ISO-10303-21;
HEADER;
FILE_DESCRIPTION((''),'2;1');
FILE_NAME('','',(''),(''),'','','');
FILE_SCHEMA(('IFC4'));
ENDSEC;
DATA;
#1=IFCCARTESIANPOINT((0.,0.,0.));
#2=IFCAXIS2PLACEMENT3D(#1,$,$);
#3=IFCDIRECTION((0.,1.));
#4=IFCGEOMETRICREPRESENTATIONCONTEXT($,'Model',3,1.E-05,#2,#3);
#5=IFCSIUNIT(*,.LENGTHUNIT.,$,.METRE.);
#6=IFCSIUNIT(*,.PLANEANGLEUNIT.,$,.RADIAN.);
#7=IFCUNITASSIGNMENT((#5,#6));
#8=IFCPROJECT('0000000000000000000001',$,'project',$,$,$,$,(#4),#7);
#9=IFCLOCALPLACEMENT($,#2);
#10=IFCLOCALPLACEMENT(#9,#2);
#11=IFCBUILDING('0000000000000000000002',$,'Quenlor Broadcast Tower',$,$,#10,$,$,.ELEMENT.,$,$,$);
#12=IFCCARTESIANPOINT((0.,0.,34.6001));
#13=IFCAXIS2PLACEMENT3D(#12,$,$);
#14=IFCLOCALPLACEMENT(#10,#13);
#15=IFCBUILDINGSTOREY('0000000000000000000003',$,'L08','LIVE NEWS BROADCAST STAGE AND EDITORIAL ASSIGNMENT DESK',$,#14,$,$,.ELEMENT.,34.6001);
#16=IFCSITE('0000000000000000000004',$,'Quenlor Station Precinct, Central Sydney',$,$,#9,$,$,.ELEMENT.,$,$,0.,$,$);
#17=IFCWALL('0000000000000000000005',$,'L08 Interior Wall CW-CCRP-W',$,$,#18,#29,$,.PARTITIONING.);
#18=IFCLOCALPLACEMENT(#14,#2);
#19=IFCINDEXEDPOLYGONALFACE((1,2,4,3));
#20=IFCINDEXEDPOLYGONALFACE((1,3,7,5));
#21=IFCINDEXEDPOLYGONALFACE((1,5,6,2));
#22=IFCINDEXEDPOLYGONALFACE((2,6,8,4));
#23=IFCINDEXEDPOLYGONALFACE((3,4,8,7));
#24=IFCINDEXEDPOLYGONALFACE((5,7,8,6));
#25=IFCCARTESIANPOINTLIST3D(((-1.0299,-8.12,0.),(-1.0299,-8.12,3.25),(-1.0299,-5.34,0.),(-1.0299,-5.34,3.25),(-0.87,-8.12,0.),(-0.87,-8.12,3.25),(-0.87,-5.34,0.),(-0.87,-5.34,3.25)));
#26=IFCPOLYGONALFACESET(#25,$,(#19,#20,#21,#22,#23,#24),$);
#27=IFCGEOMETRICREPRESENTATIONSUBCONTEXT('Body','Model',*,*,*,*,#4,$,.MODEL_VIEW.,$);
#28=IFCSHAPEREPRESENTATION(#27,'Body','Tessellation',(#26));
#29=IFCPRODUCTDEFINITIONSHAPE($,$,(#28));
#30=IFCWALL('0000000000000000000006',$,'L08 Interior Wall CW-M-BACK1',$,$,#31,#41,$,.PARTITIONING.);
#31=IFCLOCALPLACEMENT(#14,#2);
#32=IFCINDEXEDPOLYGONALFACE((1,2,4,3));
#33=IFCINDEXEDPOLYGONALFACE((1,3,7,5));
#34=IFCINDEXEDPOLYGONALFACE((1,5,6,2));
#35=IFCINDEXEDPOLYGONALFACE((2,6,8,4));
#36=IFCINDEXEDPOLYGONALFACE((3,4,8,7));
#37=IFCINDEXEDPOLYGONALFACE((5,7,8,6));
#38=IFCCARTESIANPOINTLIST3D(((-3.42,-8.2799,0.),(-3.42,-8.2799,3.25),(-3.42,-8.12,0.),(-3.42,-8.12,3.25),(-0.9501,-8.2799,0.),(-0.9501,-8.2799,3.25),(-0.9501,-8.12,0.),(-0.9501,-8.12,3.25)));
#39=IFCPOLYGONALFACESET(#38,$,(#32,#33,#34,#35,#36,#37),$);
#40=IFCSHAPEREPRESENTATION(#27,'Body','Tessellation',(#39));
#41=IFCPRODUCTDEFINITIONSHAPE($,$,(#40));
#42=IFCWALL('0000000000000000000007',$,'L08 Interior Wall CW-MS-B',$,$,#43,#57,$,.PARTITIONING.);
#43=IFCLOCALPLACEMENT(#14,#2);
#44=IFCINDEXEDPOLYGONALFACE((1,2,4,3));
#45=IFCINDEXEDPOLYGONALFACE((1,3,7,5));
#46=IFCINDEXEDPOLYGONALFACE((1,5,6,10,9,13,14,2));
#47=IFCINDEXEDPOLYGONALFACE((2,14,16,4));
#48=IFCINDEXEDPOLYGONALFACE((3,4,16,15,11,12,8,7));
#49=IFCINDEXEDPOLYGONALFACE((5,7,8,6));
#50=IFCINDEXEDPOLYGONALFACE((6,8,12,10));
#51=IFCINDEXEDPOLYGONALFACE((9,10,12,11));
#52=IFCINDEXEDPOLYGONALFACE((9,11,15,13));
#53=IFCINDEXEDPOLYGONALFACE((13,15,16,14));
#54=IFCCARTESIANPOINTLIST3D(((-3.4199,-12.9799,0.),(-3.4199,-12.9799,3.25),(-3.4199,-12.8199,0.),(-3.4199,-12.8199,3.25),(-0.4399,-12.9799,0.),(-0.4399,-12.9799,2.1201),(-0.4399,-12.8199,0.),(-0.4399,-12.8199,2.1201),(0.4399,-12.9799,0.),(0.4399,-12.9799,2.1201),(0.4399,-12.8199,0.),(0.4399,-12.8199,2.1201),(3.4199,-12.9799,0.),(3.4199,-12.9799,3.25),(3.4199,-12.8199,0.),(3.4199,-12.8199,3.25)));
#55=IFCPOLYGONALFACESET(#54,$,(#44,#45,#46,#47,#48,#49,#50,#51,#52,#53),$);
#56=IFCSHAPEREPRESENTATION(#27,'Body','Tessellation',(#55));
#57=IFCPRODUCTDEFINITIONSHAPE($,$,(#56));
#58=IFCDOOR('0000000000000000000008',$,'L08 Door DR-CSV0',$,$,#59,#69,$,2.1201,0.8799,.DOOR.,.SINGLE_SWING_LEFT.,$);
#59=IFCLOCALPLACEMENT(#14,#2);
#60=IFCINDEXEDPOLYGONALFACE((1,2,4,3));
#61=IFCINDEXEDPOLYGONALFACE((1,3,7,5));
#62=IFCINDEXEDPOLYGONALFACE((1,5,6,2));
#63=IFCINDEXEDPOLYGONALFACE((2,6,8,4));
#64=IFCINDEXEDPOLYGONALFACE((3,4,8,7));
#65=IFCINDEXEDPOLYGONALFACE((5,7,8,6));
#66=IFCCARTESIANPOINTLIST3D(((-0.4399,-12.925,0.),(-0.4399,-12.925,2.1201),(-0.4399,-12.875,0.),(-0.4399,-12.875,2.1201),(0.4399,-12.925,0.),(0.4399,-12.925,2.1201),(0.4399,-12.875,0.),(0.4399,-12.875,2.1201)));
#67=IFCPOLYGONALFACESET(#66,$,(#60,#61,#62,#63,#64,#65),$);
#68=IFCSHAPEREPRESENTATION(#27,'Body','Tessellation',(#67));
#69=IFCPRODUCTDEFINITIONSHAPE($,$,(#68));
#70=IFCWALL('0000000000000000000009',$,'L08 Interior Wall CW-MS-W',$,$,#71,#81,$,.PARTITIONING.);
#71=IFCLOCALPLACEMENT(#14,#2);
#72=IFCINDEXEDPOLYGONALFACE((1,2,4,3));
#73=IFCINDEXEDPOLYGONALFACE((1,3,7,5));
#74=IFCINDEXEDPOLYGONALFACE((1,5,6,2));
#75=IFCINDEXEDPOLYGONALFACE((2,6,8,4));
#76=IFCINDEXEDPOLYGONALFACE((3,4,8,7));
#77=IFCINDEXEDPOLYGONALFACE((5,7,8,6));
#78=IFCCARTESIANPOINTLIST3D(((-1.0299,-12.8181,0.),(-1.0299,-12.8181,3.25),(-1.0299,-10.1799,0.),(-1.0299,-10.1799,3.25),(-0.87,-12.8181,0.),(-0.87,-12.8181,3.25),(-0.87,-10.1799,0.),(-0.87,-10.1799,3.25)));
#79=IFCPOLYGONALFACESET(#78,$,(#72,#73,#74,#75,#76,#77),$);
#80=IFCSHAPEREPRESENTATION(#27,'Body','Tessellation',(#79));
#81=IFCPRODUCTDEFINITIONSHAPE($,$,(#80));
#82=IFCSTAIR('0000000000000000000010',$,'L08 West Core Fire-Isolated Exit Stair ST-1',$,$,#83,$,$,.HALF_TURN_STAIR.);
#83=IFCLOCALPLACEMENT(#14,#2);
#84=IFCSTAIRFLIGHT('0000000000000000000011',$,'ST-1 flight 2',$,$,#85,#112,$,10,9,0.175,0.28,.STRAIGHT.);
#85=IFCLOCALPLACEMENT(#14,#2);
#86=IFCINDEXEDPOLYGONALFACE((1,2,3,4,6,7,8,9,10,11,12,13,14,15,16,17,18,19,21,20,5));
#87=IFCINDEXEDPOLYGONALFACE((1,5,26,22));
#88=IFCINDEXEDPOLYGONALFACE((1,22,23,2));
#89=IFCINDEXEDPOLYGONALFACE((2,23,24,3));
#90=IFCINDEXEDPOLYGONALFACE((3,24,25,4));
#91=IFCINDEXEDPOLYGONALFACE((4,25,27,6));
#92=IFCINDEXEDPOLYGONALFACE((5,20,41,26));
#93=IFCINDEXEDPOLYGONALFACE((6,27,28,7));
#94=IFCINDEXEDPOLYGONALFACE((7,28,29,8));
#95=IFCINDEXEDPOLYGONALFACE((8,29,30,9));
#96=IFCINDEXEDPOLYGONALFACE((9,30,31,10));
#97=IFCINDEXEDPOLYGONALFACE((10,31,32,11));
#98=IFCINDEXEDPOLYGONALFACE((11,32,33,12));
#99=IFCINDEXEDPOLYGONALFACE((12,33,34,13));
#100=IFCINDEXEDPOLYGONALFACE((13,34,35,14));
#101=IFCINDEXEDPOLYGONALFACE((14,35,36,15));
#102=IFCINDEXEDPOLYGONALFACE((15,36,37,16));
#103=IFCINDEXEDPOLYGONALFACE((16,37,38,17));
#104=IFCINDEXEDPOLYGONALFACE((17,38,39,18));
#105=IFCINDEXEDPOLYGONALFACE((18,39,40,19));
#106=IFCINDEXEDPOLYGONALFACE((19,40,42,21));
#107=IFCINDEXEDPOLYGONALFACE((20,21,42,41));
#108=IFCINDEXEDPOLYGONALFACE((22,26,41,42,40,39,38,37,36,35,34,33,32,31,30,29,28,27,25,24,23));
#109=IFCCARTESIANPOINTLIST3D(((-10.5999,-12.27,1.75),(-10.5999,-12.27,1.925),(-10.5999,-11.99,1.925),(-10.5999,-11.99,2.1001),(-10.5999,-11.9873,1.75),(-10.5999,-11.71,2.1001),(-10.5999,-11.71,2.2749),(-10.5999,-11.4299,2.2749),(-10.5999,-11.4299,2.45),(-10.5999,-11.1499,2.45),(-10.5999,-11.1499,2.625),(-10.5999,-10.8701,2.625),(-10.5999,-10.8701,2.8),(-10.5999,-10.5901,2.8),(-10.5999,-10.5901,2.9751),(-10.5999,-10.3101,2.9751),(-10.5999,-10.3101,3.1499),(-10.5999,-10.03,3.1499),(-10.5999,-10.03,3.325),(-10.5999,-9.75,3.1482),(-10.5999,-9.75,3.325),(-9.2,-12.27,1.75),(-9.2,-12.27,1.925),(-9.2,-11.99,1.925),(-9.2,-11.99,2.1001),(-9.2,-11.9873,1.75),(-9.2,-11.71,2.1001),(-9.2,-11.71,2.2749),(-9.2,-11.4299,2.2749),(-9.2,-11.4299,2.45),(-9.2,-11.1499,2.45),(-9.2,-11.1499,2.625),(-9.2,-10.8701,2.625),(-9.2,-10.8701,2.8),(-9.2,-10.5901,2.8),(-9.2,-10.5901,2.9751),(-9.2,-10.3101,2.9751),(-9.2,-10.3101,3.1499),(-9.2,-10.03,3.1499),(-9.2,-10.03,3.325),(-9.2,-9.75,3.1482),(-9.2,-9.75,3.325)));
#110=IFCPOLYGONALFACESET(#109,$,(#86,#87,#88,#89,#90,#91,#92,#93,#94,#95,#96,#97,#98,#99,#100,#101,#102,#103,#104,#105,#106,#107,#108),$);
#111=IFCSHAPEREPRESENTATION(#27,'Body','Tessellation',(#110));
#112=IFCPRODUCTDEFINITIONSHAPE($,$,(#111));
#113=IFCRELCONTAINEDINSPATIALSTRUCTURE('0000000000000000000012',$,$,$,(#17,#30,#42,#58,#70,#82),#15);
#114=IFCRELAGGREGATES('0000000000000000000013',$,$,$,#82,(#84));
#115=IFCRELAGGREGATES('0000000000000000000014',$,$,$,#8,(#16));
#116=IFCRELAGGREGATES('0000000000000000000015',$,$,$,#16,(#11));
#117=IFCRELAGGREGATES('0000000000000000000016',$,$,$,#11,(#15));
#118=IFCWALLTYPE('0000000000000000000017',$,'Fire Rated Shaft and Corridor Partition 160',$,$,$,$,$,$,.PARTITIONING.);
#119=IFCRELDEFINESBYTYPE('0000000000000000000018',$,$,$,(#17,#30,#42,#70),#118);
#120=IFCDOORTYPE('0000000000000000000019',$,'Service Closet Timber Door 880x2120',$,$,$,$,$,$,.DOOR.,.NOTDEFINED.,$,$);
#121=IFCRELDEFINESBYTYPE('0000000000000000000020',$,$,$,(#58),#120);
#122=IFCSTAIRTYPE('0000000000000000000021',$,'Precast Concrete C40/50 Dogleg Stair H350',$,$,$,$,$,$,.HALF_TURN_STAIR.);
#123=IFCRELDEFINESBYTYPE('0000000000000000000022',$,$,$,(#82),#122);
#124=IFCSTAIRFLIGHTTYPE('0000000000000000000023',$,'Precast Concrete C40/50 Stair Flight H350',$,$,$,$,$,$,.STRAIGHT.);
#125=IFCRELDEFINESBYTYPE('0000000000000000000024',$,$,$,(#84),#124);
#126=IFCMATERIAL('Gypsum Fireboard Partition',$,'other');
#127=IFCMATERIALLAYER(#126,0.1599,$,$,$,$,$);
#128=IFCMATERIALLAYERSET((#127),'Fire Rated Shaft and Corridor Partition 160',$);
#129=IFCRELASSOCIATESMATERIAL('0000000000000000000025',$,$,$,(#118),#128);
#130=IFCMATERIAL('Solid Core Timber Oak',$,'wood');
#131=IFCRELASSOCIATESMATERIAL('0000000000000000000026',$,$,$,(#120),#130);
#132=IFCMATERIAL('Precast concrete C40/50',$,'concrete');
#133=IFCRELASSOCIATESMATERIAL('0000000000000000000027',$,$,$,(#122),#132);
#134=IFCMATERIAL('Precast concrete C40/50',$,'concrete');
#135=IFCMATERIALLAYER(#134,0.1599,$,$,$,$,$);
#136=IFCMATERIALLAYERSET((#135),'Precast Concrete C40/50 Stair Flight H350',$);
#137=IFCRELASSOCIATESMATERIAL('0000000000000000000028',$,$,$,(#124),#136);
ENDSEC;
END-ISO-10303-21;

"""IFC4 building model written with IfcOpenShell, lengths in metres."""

from ifc_helpers import new_model, si_unit, direction, frame, frame_2d, origin, place, context, subcontext, project, spatial, polyline, rectangle, outline, extrude, material, layer, layer_set, type_object, element, fill, aggregate, save


model = new_model("IFC4")

# Units and contexts
model_context = context("Model", 3, precision=1e-05, world=origin(), true_north=direction((0.0, 1.0)))
body_context = subcontext(model_context, "Body", "Model", "MODEL_VIEW")
ifc_project = project(units=[si_unit("LENGTHUNIT", "METRE"), si_unit("PLANEANGLEUNIT", "RADIAN")], contexts=[model_context])

# Site, building, storey
site_placement = place(None, origin())
site = spatial("IfcSite", under=ifc_project, at=site_placement, Name="Quenlor Station Precinct, Central Sydney", CompositionType="ELEMENT", RefElevation=0.0)
building_placement = place(site_placement, origin())
building = spatial("IfcBuilding", under=site, at=building_placement, Name="Quenlor Broadcast Tower", CompositionType="ELEMENT")
storey_placement = place(building_placement, frame((0.0, 0.0, 34.6001)))
storey = spatial("IfcBuildingStorey", under=building, at=storey_placement, Name="L08", Description="LIVE NEWS BROADCAST STAGE AND EDITORIAL ASSIGNMENT DESK", CompositionType="ELEMENT", Elevation=34.6001)

# Walls
ifc_material_1 = material(Name="Gypsum Fireboard Partition", Category="other")
ifc_layer_1 = layer(ifc_material_1, 0.1599)
ifc_layer_set_1 = layer_set([ifc_layer_1], Name="Fire Rated Shaft and Corridor Partition 160")
wall_type_1 = type_object("IfcWallType", Name="Fire Rated Shaft and Corridor Partition 160", PredefinedType="PARTITIONING", material=ifc_layer_set_1)
wall_1_placement = place(storey_placement, frame((-0.95, -8.1201, 0.0), z_axis=(0.0, 0.0, 1.0), x_axis=(0.0, 1.0, 0.0)))
element("IfcWall", 1, at=wall_1_placement, inside=storey, type_object=wall_type_1, Name="L08 Interior Wall CW-CCRP-W", PredefinedType="PARTITIONING", context=body_context, shape_type="SweptSolid", body=[
    extrude(rectangle(XDim=2.78, YDim=0.1599, at=frame_2d((1.3901, 0.0))), origin(), (0.0, 0.0, 1.0), 3.25),
])
wall_2_placement = place(storey_placement, frame((-3.4199, -8.2, 0.0), z_axis=(0.0, 0.0, 1.0), x_axis=(1.0, 0.0, 0.0)))
element("IfcWall", 2, at=wall_2_placement, inside=storey, type_object=wall_type_1, Name="L08 Interior Wall CW-M-BACK1", PredefinedType="PARTITIONING", context=body_context, shape_type="SweptSolid", body=[
    extrude(rectangle(XDim=2.47, YDim=0.1599, at=frame_2d((1.2349, 0.0))), origin(), (0.0, 0.0, 1.0), 3.25),
])

# Wall, opening, door
wall_3_placement = place(storey_placement, frame((-3.4199, -12.8999, 0.0), z_axis=(0.0, 0.0, 1.0), x_axis=(1.0, 0.0, 0.0)))
wall_3 = element("IfcWall", 3, at=wall_3_placement, inside=storey, type_object=wall_type_1, Name="L08 Interior Wall CW-MS-B", PredefinedType="PARTITIONING", context=body_context, shape_type="SweptSolid", body=[
    extrude(rectangle(XDim=6.8398, YDim=0.1599, at=frame_2d((3.4199, 0.0))), origin(), (0.0, 0.0, 1.0), 3.25),
])
opening_1_placement = place(wall_3_placement, frame((2.98, 0.0, 0.0)))
opening_1 = element("IfcOpeningElement", 4, at=opening_1_placement, cuts=wall_3, PredefinedType="OPENING", context=body_context, shape_type="SweptSolid", body=[
    extrude(rectangle(XDim=0.8799, YDim=2.1201, at=frame_2d((0.4399, 1.0601))), frame((0.0, 0.0898, 0.0), z_axis=(0.0, -1.0, 0.0), x_axis=(1.0, 0.0, 0.0)), (0.0, 0.0, 1.0), 0.1799),
])
ifc_material_2 = material(Name="Solid Core Timber Oak", Category="wood")
door_type_1 = type_object("IfcDoorType", Name="Service Closet Timber Door 880x2120", OperationType="NOTDEFINED", PredefinedType="DOOR", material=ifc_material_2)
door_1_placement = place(opening_1_placement, origin())
door_1 = element("IfcDoor", 5, at=door_1_placement, inside=storey, type_object=door_type_1, Name="L08 Door DR-CSV0", OperationType="SINGLE_SWING_LEFT", OverallHeight=2.1201, OverallWidth=0.8799, PredefinedType="DOOR", context=body_context, shape_type="SweptSolid", body=[
    extrude(rectangle(XDim=0.8799, YDim=2.1201, at=frame_2d((0.4399, 1.0601))), frame((0.0, 0.0249, 0.0), z_axis=(0.0, -1.0, 0.0), x_axis=(1.0, 0.0, 0.0)), (0.0, 0.0, 1.0), 0.05),
])
fill(opening_1, door_1)

# Wall
wall_4_placement = place(storey_placement, frame((-0.95, -12.8181, 0.0), z_axis=(0.0, 0.0, 1.0), x_axis=(0.0, 1.0, 0.0)))
element("IfcWall", 6, at=wall_4_placement, inside=storey, type_object=wall_type_1, Name="L08 Interior Wall CW-MS-W", PredefinedType="PARTITIONING", context=body_context, shape_type="SweptSolid", body=[
    extrude(rectangle(XDim=2.6382, YDim=0.1599, at=frame_2d((1.3191, 0.0))), origin(), (0.0, 0.0, 1.0), 3.25),
])

# Stair, stair flight
ifc_material_3 = material(Name="Precast concrete C40/50", Category="concrete")
stair_type = type_object("IfcStairType", Name="Precast Concrete C40/50 Dogleg Stair H350", PredefinedType="HALF_TURN_STAIR", material=ifc_material_3)
stair_placement = place(storey_placement, origin())
stair = element("IfcStair", 7, at=stair_placement, inside=storey, type_object=stair_type, Name="L08 West Core Fire-Isolated Exit Stair ST-1", PredefinedType="HALF_TURN_STAIR")
ifc_material_4 = material(Name="Precast concrete C40/50", Category="concrete")
ifc_layer_2 = layer(ifc_material_4, 0.1599)
ifc_layer_set_2 = layer_set([ifc_layer_2], Name="Precast Concrete C40/50 Stair Flight H350")
stair_flight_type = type_object("IfcStairFlightType", Name="Precast Concrete C40/50 Stair Flight H350", PredefinedType="STRAIGHT", material=ifc_layer_set_2)
stair_flight_placement = place(storey_placement, frame((-9.8999, -12.27, 1.75), z_axis=(0.0, 0.0, 1.0), x_axis=(0.0, 1.0, 0.0)))
stair_flight = element("IfcStairFlight", 8, at=stair_flight_placement, type_object=stair_flight_type, Name="ST-1 flight 2", NumberOfRisers=10, NumberOfTreads=9, PredefinedType="STRAIGHT", RiserHeight=0.175, TreadLength=0.28, context=body_context, shape_type="SweptSolid", body=[
    extrude(outline(polyline([(0.0, 0.0), (0.0, 0.175), (0.28, 0.175), (0.28, 0.3501), (0.5601, 0.3501), (0.5601, 0.5249), (0.8401, 0.5249), (0.8401, 0.7), (1.1201, 0.7), (1.1201, 0.875), (1.3999, 0.875), (1.3999, 1.05), (1.6799, 1.05), (1.6799, 1.2251), (1.96, 1.2251), (1.96, 1.3999), (2.24, 1.3999), (2.24, 1.575), (2.52, 1.575), (2.52, 1.75), (2.52, 1.3982), (0.2827, 0.0), (0.0, 0.0)])), frame((0.0, 0.7, 0.0), z_axis=(0.0, -1.0, 0.0), x_axis=(1.0, 0.0, 0.0)), (0.0, 0.0, 1.0), 1.3999),
])
aggregate(stair, [stair_flight])

save(model, "model.ifc")
